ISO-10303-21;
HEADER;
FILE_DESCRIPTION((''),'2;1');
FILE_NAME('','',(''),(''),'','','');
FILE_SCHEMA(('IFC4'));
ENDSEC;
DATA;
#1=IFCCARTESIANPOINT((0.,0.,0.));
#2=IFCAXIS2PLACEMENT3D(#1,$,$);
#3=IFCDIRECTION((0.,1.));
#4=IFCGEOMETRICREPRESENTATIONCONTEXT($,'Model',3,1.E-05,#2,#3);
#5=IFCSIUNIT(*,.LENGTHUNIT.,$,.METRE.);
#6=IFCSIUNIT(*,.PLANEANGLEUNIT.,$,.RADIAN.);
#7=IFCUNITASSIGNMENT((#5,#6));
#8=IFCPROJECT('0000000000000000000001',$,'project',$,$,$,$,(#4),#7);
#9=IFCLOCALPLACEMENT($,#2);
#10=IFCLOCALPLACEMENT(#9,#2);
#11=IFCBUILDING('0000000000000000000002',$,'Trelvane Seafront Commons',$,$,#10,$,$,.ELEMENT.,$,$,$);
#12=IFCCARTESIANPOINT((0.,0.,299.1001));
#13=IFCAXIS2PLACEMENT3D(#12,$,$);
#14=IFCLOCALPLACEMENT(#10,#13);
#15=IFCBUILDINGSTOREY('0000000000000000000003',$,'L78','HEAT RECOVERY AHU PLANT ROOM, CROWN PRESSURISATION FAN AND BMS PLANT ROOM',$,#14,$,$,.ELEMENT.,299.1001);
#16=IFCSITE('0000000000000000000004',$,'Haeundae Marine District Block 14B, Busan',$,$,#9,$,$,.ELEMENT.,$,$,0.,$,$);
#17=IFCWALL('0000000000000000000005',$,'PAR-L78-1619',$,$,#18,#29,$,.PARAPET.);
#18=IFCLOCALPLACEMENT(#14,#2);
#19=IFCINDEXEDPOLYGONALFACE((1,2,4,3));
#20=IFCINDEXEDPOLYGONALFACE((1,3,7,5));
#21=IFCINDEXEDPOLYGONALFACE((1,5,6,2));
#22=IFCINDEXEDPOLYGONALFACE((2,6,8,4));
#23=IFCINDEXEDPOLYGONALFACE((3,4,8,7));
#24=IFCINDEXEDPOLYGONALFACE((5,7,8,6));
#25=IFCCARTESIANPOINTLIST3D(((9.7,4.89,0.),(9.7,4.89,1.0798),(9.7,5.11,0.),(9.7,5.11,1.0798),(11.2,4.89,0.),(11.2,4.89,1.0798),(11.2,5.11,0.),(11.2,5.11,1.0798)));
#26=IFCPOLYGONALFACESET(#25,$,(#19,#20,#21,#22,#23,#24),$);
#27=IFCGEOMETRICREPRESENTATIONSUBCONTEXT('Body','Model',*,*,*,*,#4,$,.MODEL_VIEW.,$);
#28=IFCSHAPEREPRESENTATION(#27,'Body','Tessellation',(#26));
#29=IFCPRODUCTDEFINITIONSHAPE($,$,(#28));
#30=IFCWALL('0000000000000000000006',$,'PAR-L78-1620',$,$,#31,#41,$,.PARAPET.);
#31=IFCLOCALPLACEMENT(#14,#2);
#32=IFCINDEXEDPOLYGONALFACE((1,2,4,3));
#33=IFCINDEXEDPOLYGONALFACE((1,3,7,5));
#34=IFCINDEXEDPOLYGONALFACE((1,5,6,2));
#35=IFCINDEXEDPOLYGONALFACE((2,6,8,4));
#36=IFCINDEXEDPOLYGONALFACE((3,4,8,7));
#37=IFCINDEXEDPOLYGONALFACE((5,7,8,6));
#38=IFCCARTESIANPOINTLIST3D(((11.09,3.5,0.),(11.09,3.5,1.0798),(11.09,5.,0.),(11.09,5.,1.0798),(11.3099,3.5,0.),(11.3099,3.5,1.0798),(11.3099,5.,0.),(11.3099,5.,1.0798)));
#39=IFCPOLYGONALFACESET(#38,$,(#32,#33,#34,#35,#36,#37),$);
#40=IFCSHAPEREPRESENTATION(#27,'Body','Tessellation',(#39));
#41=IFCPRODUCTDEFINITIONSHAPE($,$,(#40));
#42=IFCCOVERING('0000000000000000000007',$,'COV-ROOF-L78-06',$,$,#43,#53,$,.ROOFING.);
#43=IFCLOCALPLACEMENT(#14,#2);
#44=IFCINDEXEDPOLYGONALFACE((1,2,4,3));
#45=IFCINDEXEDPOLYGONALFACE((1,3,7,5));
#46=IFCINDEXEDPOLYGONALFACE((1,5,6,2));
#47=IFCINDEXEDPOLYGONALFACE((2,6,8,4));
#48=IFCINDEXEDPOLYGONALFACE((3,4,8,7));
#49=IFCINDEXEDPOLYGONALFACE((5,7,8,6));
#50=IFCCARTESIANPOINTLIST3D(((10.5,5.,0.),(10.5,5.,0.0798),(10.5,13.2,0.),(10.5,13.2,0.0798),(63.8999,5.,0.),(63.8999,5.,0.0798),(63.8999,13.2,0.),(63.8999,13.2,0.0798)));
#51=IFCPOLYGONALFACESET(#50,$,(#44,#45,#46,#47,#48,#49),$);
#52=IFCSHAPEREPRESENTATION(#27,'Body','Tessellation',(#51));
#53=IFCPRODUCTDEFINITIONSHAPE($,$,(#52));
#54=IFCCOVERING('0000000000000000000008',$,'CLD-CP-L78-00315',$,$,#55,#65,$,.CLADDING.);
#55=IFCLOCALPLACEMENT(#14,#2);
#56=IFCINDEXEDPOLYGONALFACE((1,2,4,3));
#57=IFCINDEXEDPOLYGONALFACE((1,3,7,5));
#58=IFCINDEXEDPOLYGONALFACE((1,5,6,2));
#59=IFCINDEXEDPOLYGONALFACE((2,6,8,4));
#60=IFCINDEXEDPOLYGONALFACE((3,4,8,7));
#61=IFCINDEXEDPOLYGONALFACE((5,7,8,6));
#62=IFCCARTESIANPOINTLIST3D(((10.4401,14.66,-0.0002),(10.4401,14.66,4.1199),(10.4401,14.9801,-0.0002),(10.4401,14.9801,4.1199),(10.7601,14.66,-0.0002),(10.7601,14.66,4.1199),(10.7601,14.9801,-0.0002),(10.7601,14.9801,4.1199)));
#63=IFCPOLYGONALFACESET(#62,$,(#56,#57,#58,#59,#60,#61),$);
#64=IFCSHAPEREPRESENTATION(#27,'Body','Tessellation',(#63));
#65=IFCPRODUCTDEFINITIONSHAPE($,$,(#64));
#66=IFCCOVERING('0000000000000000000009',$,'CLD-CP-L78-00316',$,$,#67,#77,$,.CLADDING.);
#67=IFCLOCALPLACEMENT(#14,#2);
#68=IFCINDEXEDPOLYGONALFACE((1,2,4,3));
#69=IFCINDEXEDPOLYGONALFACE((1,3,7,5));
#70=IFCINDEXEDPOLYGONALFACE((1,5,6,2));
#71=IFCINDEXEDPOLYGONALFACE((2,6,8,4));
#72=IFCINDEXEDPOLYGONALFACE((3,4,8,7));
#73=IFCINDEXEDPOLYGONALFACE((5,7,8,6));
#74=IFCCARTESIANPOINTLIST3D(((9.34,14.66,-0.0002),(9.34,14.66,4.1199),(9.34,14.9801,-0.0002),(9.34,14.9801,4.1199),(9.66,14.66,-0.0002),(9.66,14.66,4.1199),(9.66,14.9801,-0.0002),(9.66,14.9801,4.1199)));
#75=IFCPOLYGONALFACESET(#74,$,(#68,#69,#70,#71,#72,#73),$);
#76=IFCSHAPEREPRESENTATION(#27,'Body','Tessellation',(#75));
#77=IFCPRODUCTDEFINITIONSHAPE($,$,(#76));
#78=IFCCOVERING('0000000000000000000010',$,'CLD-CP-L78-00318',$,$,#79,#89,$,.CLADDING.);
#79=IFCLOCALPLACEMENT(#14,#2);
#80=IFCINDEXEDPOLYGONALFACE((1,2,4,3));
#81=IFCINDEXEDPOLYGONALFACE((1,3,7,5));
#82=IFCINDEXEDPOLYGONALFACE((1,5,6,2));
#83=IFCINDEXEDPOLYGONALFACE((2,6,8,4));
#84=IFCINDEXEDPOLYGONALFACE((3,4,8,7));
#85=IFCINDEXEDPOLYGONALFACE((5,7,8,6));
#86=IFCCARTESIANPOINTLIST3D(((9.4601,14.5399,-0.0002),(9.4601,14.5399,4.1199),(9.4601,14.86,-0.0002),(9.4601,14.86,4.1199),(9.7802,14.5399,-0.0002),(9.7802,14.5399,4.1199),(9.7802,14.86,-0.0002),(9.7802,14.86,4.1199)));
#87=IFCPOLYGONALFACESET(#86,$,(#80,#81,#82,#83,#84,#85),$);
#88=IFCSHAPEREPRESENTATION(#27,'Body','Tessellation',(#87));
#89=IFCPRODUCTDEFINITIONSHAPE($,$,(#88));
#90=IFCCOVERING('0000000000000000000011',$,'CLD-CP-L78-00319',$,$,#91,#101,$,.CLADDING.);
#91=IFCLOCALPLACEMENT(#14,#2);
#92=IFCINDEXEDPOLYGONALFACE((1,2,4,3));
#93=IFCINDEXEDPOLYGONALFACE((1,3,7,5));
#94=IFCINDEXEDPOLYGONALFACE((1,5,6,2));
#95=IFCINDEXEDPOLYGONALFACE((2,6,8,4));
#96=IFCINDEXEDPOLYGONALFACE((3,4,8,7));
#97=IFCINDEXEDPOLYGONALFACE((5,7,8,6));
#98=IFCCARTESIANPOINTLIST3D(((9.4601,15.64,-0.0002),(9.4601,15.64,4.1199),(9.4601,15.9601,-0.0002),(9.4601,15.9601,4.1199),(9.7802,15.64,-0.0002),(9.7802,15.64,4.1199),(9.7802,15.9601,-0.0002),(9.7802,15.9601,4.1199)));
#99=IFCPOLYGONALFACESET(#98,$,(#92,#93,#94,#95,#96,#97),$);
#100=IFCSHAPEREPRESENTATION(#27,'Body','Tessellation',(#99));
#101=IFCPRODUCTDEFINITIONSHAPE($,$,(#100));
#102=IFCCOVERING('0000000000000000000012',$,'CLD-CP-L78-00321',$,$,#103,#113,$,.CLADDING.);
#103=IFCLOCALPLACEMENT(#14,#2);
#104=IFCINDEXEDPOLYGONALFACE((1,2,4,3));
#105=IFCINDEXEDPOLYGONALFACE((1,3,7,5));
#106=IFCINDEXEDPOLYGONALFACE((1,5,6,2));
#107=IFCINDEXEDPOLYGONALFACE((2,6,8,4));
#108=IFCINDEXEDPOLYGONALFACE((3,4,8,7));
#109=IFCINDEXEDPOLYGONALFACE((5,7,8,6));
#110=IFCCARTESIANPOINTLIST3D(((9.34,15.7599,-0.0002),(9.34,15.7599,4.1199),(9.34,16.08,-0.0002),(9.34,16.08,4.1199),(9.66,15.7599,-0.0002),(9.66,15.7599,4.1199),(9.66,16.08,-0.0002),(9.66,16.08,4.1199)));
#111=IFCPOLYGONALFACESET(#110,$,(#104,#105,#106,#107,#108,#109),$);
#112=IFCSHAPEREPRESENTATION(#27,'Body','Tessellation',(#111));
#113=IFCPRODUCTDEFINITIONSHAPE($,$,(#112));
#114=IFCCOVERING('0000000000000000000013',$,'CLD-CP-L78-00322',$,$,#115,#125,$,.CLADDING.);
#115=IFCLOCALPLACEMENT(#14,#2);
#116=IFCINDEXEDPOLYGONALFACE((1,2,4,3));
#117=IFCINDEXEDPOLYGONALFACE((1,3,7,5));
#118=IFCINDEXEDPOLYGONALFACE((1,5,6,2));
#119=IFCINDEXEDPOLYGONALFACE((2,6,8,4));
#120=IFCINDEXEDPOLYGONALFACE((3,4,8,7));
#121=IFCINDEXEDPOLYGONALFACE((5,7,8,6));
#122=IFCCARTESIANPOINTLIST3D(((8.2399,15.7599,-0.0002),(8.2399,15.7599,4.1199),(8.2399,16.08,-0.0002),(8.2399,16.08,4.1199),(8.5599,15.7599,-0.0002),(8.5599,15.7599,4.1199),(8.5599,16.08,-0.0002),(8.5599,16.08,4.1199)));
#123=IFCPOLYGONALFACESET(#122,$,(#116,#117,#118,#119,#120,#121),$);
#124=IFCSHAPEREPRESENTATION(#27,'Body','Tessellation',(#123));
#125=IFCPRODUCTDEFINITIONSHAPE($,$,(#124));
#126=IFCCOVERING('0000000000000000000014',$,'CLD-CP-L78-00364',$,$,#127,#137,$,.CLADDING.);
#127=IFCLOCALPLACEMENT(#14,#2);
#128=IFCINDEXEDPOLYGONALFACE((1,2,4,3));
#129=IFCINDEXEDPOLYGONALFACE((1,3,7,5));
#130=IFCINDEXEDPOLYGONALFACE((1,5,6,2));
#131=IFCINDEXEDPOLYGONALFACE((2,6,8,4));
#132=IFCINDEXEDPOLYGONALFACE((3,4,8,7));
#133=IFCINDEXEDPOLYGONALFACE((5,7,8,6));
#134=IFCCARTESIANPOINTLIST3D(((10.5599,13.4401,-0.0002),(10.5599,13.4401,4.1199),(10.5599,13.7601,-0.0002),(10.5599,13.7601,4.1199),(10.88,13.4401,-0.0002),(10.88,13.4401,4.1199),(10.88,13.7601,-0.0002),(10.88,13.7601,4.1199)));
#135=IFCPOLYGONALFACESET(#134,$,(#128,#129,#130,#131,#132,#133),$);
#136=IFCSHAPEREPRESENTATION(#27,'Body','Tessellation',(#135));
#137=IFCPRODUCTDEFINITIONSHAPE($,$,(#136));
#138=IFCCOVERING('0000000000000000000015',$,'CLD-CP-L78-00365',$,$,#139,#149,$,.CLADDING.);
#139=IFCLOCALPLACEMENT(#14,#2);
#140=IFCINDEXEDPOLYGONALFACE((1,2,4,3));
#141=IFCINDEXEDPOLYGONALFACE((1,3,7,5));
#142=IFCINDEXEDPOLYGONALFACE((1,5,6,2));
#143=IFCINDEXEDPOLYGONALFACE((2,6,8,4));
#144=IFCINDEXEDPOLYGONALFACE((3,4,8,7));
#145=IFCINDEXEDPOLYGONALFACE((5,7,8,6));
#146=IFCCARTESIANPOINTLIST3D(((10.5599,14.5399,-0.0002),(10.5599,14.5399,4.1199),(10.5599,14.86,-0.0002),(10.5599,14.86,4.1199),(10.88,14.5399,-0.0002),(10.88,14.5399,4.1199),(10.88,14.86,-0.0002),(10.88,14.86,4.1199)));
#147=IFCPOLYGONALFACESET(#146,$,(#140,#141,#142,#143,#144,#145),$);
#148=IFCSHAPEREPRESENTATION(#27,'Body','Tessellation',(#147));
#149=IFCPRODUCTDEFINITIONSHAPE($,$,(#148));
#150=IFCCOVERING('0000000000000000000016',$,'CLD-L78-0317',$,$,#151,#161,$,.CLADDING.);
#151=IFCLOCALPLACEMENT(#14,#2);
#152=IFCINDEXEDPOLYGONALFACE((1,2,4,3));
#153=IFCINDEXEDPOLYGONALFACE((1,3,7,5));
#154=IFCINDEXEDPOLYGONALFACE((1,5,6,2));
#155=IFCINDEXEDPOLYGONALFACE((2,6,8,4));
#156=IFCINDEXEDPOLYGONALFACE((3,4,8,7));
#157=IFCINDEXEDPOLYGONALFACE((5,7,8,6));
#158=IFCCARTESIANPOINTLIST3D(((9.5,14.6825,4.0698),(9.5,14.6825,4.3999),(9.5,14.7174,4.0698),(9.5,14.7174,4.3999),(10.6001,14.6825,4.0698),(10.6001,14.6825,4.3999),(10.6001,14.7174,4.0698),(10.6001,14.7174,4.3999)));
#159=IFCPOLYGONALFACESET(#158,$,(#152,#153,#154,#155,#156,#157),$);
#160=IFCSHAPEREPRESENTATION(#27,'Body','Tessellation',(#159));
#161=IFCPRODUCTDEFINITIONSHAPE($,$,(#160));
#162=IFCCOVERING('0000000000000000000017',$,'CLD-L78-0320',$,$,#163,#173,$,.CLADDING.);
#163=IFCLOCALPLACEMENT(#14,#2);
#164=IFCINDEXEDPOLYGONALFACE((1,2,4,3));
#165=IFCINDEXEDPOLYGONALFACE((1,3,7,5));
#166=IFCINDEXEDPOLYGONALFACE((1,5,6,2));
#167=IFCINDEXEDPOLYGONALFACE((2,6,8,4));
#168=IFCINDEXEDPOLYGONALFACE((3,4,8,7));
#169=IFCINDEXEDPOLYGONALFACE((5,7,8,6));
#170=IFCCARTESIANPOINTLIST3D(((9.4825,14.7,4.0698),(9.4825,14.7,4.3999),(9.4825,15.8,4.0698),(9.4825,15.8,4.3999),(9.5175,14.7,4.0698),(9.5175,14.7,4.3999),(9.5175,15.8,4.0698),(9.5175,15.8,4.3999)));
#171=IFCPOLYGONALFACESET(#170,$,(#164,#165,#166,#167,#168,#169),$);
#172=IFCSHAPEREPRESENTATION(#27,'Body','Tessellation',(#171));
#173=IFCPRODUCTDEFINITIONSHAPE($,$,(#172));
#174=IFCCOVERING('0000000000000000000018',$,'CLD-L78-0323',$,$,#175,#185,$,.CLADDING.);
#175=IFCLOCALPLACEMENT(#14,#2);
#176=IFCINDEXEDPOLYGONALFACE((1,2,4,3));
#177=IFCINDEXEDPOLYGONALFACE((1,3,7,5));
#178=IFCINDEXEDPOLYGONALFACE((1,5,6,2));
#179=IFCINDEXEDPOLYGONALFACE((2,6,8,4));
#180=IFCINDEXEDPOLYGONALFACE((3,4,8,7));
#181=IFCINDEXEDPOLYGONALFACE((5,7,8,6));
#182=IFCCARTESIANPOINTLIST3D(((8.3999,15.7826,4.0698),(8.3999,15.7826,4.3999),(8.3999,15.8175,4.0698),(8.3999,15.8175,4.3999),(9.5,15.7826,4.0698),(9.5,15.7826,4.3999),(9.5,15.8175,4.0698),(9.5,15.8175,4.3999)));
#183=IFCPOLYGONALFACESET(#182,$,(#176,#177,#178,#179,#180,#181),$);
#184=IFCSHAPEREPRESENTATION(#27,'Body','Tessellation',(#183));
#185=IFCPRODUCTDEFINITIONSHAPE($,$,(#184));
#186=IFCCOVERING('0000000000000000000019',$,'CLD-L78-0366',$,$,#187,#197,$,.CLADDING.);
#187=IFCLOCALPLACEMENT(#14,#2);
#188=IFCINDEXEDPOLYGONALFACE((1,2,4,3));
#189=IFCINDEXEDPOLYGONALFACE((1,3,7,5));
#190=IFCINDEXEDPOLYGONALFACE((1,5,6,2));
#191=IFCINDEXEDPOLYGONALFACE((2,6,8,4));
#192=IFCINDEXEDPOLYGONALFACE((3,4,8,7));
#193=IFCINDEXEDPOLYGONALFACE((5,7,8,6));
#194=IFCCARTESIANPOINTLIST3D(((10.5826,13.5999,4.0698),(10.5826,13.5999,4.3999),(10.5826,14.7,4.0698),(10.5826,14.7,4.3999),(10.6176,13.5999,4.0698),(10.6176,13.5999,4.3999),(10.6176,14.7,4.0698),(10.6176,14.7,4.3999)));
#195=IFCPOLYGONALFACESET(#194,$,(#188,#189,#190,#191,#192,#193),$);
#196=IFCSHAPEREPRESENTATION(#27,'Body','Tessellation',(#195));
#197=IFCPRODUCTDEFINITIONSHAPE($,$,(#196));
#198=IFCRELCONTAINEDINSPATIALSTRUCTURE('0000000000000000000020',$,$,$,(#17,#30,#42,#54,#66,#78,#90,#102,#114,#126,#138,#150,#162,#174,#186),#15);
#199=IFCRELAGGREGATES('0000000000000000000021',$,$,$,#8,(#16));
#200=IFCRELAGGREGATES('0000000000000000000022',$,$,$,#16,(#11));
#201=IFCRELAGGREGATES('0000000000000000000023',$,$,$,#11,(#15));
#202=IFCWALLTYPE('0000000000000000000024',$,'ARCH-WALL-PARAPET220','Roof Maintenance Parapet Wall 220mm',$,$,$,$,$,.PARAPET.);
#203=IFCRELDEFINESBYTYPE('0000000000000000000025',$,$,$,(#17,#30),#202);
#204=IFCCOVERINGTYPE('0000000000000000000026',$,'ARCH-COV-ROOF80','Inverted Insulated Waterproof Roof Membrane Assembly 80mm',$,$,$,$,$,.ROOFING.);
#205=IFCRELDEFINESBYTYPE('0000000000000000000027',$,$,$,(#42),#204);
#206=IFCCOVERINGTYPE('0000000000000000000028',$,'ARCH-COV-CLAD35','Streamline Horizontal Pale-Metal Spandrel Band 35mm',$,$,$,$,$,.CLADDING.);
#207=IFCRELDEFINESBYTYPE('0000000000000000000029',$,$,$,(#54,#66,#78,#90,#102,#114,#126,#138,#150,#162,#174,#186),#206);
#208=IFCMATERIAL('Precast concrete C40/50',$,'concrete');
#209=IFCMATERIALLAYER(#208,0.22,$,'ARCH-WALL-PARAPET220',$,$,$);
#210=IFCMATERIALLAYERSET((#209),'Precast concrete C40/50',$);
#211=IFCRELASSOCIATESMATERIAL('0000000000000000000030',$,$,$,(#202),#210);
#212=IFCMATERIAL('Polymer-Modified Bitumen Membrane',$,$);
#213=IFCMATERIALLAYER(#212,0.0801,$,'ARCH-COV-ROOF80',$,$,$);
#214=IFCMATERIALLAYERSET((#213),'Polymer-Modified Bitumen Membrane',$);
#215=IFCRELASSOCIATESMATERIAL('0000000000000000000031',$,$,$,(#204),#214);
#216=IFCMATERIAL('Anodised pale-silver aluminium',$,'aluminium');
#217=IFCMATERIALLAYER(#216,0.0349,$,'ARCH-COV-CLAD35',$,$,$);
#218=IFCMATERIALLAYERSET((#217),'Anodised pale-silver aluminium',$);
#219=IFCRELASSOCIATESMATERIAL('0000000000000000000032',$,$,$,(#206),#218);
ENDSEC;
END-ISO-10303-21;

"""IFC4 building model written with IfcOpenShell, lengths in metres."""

from ifc_helpers import new_model, si_unit, direction, frame, frame_2d, origin, origin_2d, place, context, subcontext, project, spatial, polyline, rectangle, outline, extrude, source, transform, mapped, material, layer, layer_set, type_object, element, save


model = new_model("IFC4")

# Units and contexts
model_context = context("Model", 3, precision=1e-05, world=origin(), true_north=direction((0.0, 1.0)))
body_context = subcontext(model_context, "Body", "Model", "MODEL_VIEW")
ifc_project = project(units=[si_unit("LENGTHUNIT", "METRE"), si_unit("PLANEANGLEUNIT", "RADIAN")], contexts=[model_context])

# Site, building, storey
site_placement = place(None, origin())
site = spatial("IfcSite", under=ifc_project, at=site_placement, Name="Haeundae Marine District Block 14B, Busan", CompositionType="ELEMENT", RefElevation=0.0)
building_placement = place(site_placement, origin())
building = spatial("IfcBuilding", under=site, at=building_placement, Name="Trelvane Seafront Commons", CompositionType="ELEMENT")
storey_placement = place(building_placement, frame((0.0, 0.0, 299.1001)))
storey = spatial("IfcBuildingStorey", under=building, at=storey_placement, Name="L78", Description="HEAT RECOVERY AHU PLANT ROOM, CROWN PRESSURISATION FAN AND BMS PLANT ROOM", CompositionType="ELEMENT", Elevation=299.1001)

# Shared definitions
ifc_material_1 = material(Name="Anodised pale-silver aluminium", Category="aluminium")

# Walls
ifc_material_2 = material(Name="Precast concrete C40/50", Category="concrete")
ifc_layer_1 = layer(ifc_material_2, 0.22, Name="ARCH-WALL-PARAPET220")
ifc_layer_set_1 = layer_set([ifc_layer_1], Name="Precast concrete C40/50")
wall_type_1 = type_object("IfcWallType", Name="ARCH-WALL-PARAPET220", Description="Roof Maintenance Parapet Wall 220mm", PredefinedType="PARAPET", material=ifc_layer_set_1)
for number, where, z_axis, x_axis, name in (
    (1, (9.7, 5.0, 0.0), (0.0, 0.0, 1.0), (1.0, 0.0, 0.0), "PAR-L78-1619"),
    (2, (11.2, 5.0, 0.0), (0.0, 0.0, 1.0), (0.0, -1.0, 0.0), "PAR-L78-1620"),
):
    element("IfcWall", number, at=place(storey_placement, frame(where, z_axis=z_axis, x_axis=x_axis)), inside=storey, type_object=wall_type_1, Name=name, PredefinedType="PARAPET", context=body_context, shape_type="SweptSolid", body=[
        extrude(rectangle(XDim=1.5, YDim=0.22, at=frame_2d((0.75, 0.0))), origin(), (0.0, 0.0, 1.0), 1.0798),
    ])

# Coverings
ifc_material_3 = material(Name="Polymer-Modified Bitumen Membrane")
ifc_layer_2 = layer(ifc_material_3, 0.0801, Name="ARCH-COV-ROOF80")
ifc_layer_set_2 = layer_set([ifc_layer_2], Name="Polymer-Modified Bitumen Membrane")
covering_type_1 = type_object("IfcCoveringType", Name="ARCH-COV-ROOF80", Description="Inverted Insulated Waterproof Roof Membrane Assembly 80mm", PredefinedType="ROOFING", material=ifc_layer_set_2)
covering_placement = place(storey_placement, origin())
element("IfcCovering", 3, at=covering_placement, inside=storey, type_object=covering_type_1, Name="COV-ROOF-L78-06", PredefinedType="ROOFING", context=body_context, shape_type="SweptSolid", body=[
    extrude(outline(polyline([(10.5, 5.0), (63.8999, 5.0), (63.8999, 13.2), (10.5, 13.2), (10.5, 5.0)])), origin(), (0.0, 0.0, 1.0), 0.0798),
])
ifc_layer_3 = layer(ifc_material_1, 0.0349, Name="ARCH-COV-CLAD35")
ifc_layer_set_3 = layer_set([ifc_layer_3], Name="Anodised pale-silver aluminium")
covering_type_2 = type_object("IfcCoveringType", Name="ARCH-COV-CLAD35", Description="Streamline Horizontal Pale-Metal Spandrel Band 35mm", PredefinedType="CLADDING", material=ifc_layer_set_3)
shared_shape_1 = source(origin(), body_context, "Body", "SweptSolid", [
    extrude(rectangle(XDim=0.3201, YDim=0.3201, at=origin_2d()), origin(), (0.0, 0.0, 1.0), 4.1201),
])
for number, where, z_axis, x_axis, name in (
    (4, (10.6001, 14.8201, -0.0002), (0.0, 0.0, 1.0), (1.0, 0.0, 0.0), "CLD-CP-L78-00315"),
    (5, (9.5, 14.8201, -0.0002), (0.0, 0.0, 1.0), (1.0, 0.0, 0.0), "CLD-CP-L78-00316"),
    (6, (9.6201, 14.7, -0.0002), (0.0, 0.0, 1.0), (1.0, 0.0, 0.0), "CLD-CP-L78-00318"),
    (7, (9.6201, 15.8, -0.0002), (0.0, 0.0, 1.0), (1.0, 0.0, 0.0), "CLD-CP-L78-00319"),
    (8, (9.5, 15.9199, -0.0002), (0.0, 0.0, 1.0), (1.0, 0.0, 0.0), "CLD-CP-L78-00321"),
    (9, (8.3999, 15.9199, -0.0002), (0.0, 0.0, 1.0), (1.0, 0.0, 0.0), "CLD-CP-L78-00322"),
    (10, (10.72, 13.6001, -0.0002), (0.0, 0.0, 1.0), (1.0, 0.0, 0.0), "CLD-CP-L78-00364"),
    (11, (10.72, 14.7, -0.0002), (0.0, 0.0, 1.0), (1.0, 0.0, 0.0), "CLD-CP-L78-00365"),
):
    element("IfcCovering", number, at=place(storey_placement, frame(where, z_axis=z_axis, x_axis=x_axis)), inside=storey, type_object=covering_type_2, Name=name, PredefinedType="CLADDING", context=body_context, shape_type="MappedRepresentation", body=[
        mapped(shared_shape_1, transform((0.0, 0.0, 0.0), x_axis=(1.0, 0.0, 0.0), y_axis=(0.0, 1.0, 0.0), z_axis=(0.0, 0.0, 1.0), scale=1.0)),
    ])
shared_shape_2 = source(origin(), body_context, "Body", "SweptSolid", [
    extrude(rectangle(XDim=1.1001, YDim=0.0349, at=origin_2d()), origin(), (0.0, 0.0, 1.0), 0.3301),
])
for number, where, z_axis, x_axis, name in (
    (12, (10.05, 14.7, 4.0698), (0.0, 0.0, 1.0), (-1.0, 0.0, 0.0), "CLD-L78-0317"),
    (13, (9.5, 15.25, 4.0698), (0.0, 0.0, 1.0), (0.0, 1.0, 0.0), "CLD-L78-0320"),
    (14, (8.95, 15.8, 4.0698), (0.0, 0.0, 1.0), (-1.0, 0.0, 0.0), "CLD-L78-0323"),
    (15, (10.6001, 14.1499, 4.0698), (0.0, 0.0, 1.0), (0.0, 1.0, 0.0), "CLD-L78-0366"),
):
    element("IfcCovering", number, at=place(storey_placement, frame(where, z_axis=z_axis, x_axis=x_axis)), inside=storey, type_object=covering_type_2, Name=name, PredefinedType="CLADDING", context=body_context, shape_type="MappedRepresentation", body=[
        mapped(shared_shape_2, transform((0.0, 0.0, 0.0), x_axis=(1.0, 0.0, 0.0), y_axis=(0.0, 1.0, 0.0), z_axis=(0.0, 0.0, 1.0), scale=1.0)),
    ])

save(model, "model.ifc")
